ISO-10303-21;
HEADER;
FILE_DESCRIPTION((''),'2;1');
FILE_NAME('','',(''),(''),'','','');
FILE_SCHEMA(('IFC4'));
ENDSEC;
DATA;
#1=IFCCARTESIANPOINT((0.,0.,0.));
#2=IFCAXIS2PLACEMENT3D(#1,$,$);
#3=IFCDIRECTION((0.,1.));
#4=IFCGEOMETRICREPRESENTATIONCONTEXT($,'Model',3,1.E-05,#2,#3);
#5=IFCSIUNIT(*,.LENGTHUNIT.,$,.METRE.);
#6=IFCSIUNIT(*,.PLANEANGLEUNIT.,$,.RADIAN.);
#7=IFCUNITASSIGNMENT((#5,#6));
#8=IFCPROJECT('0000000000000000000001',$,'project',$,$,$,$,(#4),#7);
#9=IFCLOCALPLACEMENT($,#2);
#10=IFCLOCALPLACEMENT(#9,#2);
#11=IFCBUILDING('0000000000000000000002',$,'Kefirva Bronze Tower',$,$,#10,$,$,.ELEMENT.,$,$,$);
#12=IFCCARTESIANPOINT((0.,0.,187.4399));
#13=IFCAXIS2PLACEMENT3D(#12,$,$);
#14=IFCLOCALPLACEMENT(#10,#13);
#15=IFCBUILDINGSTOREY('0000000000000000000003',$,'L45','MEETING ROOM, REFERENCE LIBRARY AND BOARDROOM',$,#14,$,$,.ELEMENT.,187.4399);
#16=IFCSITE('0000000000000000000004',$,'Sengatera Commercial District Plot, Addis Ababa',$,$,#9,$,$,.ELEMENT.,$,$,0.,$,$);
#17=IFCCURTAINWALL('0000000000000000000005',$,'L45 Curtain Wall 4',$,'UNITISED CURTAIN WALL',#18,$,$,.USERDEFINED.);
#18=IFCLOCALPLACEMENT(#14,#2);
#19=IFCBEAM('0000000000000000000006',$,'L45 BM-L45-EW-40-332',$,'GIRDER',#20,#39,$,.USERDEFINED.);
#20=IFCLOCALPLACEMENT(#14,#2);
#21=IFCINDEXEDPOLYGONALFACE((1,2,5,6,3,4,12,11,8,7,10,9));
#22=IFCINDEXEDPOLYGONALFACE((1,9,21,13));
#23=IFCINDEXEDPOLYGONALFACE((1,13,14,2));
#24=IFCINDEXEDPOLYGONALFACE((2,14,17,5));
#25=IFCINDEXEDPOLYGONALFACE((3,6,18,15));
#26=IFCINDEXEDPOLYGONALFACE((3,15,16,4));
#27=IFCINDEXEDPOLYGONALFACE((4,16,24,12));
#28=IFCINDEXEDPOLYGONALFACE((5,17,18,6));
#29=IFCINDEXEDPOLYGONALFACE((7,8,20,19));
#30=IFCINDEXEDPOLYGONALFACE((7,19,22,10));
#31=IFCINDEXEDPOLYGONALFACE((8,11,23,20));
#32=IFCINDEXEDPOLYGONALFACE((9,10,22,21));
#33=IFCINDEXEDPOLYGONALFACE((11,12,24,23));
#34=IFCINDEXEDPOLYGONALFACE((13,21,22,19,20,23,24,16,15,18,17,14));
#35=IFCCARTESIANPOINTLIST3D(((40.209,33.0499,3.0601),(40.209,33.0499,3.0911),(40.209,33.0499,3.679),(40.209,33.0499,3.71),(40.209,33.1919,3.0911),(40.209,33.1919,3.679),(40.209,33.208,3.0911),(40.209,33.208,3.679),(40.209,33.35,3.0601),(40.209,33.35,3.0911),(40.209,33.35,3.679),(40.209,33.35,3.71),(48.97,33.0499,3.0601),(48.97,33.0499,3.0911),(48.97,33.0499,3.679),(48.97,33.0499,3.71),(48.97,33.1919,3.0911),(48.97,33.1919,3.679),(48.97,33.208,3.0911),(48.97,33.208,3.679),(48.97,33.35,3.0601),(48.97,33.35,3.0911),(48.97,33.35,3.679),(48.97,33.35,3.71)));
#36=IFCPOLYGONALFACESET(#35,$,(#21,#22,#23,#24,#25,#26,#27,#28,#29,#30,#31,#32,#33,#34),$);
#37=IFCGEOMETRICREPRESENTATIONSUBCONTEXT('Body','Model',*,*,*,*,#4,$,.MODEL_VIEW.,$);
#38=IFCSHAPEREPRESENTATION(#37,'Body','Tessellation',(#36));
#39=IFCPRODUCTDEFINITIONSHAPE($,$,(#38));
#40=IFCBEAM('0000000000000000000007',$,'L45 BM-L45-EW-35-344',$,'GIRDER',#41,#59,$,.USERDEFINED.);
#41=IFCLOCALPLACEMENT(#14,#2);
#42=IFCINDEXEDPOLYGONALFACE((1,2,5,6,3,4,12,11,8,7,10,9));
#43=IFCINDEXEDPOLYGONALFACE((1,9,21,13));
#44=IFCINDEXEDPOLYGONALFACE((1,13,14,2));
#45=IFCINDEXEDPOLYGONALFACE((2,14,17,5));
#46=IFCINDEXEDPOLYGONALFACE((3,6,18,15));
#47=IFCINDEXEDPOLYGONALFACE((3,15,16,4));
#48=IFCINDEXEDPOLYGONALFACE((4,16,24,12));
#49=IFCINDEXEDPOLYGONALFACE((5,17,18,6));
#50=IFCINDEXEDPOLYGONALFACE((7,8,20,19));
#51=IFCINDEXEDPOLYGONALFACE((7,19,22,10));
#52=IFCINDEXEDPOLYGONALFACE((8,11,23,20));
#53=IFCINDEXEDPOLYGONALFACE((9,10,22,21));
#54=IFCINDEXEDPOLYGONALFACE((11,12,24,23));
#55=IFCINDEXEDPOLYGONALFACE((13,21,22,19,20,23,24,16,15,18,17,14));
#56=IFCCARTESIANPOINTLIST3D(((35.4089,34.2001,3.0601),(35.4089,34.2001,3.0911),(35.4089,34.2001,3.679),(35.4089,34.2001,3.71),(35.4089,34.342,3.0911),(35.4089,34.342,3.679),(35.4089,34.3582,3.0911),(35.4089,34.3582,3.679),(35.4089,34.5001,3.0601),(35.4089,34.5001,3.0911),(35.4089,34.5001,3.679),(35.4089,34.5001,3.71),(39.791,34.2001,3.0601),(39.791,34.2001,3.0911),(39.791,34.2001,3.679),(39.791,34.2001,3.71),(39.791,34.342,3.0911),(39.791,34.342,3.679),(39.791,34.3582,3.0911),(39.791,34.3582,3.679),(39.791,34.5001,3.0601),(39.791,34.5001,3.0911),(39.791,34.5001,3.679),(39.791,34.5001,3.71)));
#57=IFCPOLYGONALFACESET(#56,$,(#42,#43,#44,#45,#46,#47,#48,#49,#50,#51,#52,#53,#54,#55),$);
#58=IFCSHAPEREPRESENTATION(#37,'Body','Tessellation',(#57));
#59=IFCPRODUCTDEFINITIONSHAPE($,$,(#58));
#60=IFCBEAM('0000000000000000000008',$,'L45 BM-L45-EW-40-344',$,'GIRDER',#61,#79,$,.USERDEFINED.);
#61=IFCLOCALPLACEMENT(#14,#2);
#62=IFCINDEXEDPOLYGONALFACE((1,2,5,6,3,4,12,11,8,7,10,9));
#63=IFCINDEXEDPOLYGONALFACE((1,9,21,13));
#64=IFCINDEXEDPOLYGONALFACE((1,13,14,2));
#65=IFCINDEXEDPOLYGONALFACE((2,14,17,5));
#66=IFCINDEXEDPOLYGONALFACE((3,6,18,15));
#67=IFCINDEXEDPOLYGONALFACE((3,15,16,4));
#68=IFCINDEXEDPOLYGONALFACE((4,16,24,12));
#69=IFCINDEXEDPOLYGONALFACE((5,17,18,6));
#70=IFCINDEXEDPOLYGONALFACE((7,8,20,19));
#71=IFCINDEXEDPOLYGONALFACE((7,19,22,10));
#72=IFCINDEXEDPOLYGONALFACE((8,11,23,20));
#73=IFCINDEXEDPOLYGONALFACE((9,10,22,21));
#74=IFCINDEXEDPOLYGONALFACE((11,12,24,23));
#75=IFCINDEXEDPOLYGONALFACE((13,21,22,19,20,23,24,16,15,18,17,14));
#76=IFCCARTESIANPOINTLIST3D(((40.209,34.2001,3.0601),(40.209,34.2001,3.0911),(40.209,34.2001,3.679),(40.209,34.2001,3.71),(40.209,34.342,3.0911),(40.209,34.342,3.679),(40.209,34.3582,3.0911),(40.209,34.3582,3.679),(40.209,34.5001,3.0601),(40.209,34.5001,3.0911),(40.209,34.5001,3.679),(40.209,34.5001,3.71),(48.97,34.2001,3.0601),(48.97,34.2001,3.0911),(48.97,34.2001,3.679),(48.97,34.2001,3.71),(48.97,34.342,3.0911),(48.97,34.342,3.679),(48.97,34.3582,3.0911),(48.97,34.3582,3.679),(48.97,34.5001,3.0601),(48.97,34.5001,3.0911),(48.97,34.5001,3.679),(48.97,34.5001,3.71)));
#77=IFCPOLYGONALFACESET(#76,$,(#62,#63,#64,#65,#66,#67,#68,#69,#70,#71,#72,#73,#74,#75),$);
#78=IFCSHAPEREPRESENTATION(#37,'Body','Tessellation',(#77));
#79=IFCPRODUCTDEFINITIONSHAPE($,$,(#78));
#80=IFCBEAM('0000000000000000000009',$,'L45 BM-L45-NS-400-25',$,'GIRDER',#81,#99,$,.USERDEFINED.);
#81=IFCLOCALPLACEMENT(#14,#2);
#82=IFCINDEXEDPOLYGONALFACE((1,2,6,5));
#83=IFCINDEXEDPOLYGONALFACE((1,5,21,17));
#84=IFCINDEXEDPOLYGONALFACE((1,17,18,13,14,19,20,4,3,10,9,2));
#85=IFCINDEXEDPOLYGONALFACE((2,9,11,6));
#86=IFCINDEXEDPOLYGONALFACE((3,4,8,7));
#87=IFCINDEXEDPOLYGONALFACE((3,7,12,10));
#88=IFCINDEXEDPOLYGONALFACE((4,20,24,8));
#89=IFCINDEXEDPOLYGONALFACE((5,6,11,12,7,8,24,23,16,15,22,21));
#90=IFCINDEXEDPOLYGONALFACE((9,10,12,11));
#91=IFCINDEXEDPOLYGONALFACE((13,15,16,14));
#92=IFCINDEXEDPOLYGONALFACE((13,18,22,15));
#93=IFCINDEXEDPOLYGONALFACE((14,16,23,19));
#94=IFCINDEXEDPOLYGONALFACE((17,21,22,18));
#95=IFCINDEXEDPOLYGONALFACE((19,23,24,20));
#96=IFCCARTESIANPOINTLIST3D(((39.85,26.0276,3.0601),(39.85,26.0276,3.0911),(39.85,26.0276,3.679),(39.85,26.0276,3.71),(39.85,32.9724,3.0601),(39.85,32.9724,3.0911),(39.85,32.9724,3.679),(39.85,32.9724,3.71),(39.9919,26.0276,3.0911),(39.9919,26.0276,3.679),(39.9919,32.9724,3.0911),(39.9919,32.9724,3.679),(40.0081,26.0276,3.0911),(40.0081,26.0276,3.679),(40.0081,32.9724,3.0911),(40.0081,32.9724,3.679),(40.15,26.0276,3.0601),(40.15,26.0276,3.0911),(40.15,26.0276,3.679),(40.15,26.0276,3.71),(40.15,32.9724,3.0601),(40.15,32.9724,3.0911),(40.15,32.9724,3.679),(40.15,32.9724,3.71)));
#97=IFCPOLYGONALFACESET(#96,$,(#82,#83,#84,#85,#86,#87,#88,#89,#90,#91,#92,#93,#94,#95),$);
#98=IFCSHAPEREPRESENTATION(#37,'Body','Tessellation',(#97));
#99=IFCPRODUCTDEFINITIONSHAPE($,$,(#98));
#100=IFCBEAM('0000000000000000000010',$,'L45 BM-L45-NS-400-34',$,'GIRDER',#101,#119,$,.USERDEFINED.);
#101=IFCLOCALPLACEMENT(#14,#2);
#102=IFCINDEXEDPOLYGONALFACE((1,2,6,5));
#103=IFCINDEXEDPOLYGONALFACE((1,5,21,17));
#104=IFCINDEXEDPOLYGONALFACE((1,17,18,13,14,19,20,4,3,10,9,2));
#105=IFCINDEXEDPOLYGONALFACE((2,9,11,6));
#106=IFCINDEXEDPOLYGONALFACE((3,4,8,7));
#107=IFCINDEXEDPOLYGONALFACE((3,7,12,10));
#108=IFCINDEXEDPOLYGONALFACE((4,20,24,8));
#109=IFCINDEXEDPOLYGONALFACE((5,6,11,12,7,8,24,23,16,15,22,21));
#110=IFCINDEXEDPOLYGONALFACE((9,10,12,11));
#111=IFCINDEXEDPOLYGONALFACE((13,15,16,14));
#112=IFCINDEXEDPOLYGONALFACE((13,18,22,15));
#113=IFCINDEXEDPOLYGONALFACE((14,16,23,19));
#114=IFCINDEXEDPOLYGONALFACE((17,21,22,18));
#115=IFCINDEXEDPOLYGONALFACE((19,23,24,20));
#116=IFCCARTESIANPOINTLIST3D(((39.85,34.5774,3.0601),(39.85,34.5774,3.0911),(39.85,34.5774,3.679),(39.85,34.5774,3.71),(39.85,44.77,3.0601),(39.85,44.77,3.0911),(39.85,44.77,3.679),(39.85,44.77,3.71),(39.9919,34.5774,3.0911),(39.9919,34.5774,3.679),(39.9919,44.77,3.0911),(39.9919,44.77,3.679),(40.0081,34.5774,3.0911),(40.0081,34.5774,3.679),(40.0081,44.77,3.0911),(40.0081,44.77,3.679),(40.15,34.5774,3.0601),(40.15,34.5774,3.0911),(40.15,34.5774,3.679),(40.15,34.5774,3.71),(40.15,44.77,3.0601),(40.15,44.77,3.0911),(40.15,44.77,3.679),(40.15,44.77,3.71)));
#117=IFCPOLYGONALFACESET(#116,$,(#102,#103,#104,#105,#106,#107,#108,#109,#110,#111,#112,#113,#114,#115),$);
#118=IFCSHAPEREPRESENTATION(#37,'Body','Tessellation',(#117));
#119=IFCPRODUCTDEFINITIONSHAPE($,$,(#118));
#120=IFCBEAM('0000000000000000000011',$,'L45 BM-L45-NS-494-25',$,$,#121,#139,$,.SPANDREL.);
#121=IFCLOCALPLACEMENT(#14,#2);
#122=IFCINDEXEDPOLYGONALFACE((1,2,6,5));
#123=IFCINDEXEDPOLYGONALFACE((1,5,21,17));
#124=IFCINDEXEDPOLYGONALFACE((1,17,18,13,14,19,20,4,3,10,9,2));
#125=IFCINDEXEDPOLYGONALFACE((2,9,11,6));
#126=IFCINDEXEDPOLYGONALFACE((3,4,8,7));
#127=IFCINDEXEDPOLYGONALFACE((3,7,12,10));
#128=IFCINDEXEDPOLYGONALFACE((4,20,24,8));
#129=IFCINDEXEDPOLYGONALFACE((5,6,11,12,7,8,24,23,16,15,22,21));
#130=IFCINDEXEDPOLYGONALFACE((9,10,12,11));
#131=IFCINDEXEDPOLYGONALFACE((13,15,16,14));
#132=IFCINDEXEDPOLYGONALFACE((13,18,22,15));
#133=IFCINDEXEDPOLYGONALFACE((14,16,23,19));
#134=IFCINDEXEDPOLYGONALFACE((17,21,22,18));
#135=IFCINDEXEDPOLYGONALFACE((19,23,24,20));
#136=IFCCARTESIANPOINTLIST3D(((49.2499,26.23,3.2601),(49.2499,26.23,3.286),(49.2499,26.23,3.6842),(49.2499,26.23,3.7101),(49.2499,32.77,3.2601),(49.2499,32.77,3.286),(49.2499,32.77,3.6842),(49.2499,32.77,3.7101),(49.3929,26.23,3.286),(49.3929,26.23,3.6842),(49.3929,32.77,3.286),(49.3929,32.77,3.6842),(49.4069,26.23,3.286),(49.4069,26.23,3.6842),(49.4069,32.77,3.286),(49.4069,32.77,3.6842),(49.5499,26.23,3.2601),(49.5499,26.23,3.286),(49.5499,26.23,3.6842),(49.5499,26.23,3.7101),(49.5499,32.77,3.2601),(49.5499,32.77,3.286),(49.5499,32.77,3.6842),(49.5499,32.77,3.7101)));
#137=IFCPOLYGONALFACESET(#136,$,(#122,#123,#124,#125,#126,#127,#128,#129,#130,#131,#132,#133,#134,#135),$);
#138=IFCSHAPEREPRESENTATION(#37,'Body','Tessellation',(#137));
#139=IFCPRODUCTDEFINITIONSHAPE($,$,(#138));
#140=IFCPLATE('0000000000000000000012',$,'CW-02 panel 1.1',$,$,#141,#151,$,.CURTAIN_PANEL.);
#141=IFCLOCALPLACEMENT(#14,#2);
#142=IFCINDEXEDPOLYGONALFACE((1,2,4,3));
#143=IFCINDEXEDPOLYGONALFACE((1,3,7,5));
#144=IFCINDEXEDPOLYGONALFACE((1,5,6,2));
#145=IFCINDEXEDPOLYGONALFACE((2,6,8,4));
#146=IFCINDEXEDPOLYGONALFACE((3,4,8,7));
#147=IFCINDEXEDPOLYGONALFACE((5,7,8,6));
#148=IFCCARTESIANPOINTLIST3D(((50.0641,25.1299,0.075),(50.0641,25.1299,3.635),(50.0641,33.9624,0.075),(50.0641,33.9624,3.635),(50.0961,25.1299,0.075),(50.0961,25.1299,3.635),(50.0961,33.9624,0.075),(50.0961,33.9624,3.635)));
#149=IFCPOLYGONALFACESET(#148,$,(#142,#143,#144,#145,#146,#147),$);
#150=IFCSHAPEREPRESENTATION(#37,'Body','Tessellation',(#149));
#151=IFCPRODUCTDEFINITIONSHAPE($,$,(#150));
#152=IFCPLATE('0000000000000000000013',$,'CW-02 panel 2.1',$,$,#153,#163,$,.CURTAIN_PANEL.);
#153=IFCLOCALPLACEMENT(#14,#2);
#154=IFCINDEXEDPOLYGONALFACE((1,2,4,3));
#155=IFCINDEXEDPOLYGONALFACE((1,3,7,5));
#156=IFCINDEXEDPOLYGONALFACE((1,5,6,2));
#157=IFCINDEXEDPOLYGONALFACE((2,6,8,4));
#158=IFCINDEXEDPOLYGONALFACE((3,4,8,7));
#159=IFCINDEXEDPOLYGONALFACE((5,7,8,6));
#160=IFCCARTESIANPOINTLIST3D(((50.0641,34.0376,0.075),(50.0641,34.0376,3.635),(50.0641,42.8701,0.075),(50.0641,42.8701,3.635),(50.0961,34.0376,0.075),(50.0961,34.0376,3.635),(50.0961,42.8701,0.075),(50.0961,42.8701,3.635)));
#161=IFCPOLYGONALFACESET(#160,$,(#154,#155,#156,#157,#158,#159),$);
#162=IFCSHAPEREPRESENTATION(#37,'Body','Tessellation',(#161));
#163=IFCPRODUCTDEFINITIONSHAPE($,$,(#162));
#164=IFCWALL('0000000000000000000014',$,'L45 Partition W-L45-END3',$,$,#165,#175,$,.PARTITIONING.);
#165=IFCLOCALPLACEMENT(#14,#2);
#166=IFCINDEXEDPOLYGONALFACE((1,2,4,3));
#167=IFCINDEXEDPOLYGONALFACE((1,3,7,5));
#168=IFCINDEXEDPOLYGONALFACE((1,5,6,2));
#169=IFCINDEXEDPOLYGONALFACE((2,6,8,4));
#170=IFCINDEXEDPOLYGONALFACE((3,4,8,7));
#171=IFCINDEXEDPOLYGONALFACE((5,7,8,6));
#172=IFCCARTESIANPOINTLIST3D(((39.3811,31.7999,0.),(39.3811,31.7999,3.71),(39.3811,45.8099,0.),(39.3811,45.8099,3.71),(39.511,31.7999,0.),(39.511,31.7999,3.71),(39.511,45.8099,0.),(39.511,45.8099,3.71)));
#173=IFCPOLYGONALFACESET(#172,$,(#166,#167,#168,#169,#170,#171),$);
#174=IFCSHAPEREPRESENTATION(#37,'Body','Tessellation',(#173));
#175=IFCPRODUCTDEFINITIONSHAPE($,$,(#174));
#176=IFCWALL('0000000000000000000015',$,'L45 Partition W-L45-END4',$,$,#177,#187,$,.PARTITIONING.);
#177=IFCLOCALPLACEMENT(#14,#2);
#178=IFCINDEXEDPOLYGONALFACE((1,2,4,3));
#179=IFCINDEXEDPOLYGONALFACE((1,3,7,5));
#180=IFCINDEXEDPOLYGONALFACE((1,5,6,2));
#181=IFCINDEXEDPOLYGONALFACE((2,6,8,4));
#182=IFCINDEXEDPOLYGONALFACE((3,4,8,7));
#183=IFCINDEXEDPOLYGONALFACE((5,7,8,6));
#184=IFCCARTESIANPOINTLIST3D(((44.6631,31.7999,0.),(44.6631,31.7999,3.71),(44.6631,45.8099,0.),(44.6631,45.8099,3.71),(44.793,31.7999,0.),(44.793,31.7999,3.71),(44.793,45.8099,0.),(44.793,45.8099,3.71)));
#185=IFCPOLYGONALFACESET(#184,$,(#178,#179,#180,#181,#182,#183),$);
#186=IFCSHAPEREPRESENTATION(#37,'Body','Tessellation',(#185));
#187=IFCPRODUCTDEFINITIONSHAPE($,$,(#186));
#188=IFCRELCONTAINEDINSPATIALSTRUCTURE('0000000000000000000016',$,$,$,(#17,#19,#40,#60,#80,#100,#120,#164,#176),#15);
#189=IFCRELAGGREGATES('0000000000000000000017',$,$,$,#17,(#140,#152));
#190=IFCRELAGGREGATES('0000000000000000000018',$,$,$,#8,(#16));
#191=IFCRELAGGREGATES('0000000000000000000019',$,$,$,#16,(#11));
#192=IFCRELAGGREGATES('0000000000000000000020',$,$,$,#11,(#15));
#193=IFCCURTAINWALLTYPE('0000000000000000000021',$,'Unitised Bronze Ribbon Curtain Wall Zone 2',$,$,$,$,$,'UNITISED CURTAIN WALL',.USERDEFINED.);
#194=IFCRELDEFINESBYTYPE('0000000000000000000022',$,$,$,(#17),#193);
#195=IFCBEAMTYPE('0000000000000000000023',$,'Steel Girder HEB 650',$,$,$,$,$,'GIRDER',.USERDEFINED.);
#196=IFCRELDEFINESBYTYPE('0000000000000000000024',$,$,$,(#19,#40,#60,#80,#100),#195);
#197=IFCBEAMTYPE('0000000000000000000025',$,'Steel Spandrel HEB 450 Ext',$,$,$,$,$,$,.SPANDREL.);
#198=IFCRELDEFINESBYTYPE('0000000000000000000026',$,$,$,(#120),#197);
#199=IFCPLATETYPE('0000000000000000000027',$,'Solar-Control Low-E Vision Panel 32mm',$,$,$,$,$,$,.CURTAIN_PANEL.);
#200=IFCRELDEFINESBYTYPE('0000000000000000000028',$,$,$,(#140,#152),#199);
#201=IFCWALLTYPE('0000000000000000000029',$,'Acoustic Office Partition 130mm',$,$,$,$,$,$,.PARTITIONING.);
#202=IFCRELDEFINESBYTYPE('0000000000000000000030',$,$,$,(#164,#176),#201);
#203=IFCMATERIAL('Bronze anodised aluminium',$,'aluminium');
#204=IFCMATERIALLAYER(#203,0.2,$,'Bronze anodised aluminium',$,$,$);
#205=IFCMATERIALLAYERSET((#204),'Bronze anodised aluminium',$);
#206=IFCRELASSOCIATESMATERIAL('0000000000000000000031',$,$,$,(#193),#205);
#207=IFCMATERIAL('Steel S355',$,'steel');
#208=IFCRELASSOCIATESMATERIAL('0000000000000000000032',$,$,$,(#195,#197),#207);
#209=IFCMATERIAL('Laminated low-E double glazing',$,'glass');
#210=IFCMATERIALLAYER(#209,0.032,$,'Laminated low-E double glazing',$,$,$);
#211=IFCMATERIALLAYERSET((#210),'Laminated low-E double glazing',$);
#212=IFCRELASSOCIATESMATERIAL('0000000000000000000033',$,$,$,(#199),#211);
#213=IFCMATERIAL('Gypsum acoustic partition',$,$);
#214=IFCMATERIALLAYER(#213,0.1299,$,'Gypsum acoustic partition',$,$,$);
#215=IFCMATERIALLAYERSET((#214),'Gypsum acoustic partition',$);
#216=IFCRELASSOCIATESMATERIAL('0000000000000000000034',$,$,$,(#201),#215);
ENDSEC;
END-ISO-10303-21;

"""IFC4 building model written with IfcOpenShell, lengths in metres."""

from ifc_helpers import new_model, si_unit, direction, frame, frame_2d, origin, origin_2d, place, context, subcontext, project, spatial, rectangle, i_section, extrude, material, layer, layer_set, material_profile, profile_set, type_object, element, aggregate, save


model = new_model("IFC4")

# Units and contexts
model_context = context("Model", 3, precision=1e-05, world=origin(), true_north=direction((0.0, 1.0)))
body_context = subcontext(model_context, "Body", "Model", "MODEL_VIEW")
ifc_project = project(units=[si_unit("LENGTHUNIT", "METRE"), si_unit("PLANEANGLEUNIT", "RADIAN")], contexts=[model_context])

# Site, building, storey
site_placement = place(None, origin())
site = spatial("IfcSite", under=ifc_project, at=site_placement, Name="Sengatera Commercial District Plot, Addis Ababa", CompositionType="ELEMENT", RefElevation=0.0)
building_placement = place(site_placement, origin())
building = spatial("IfcBuilding", under=site, at=building_placement, Name="Kefirva Bronze Tower", CompositionType="ELEMENT")
storey_placement = place(building_placement, frame((0.0, 0.0, 187.4399)))
storey = spatial("IfcBuildingStorey", under=building, at=storey_placement, Name="L45", Description="MEETING ROOM, REFERENCE LIBRARY AND BOARDROOM", CompositionType="ELEMENT", Elevation=187.4399)

# Curtain wall
ifc_material_1 = material(Name="Bronze anodised aluminium", Category="aluminium")
ifc_layer_1 = layer(ifc_material_1, 0.2, Name="Bronze anodised aluminium")
ifc_layer_set_1 = layer_set([ifc_layer_1], Name="Bronze anodised aluminium")
curtain_wall_type = type_object("IfcCurtainWallType", Name="Unitised Bronze Ribbon Curtain Wall Zone 2", ElementType="UNITISED CURTAIN WALL", PredefinedType="USERDEFINED", material=ifc_layer_set_1)
curtain_wall_placement = place(storey_placement, origin())
curtain_wall = element("IfcCurtainWall", 1, at=curtain_wall_placement, inside=storey, type_object=curtain_wall_type, Name="L45 Curtain Wall 4", ObjectType="UNITISED CURTAIN WALL", PredefinedType="USERDEFINED")

# Beams
ifc_material_2 = material(Name="Steel S355", Category="steel")
ifc_material_profile_1 = material_profile(ifc_material_2, i_section(OverallWidth=0.3, OverallDepth=0.6499, WebThickness=0.0161, FlangeThickness=0.031, at=origin_2d()), Name="HEB 650")
ifc_profile_set_1 = profile_set([ifc_material_profile_1], Name="Steel S355")
beam_type_1 = type_object("IfcBeamType", Name="Steel Girder HEB 650", ElementType="GIRDER", PredefinedType="USERDEFINED", material=ifc_profile_set_1)
beam_1_placement = place(storey_placement, frame((40.209, 33.2, 3.385), z_axis=(1.0, 0.0, 0.0), x_axis=(0.0, 1.0, 0.0)))
element("IfcBeam", 2, at=beam_1_placement, inside=storey, type_object=beam_type_1, Name="L45 BM-L45-EW-40-332", ObjectType="GIRDER", PredefinedType="USERDEFINED", context=body_context, shape_type="SweptSolid", body=[
    extrude(i_section(OverallWidth=0.3, OverallDepth=0.6499, WebThickness=0.0161, FlangeThickness=0.031, at=origin_2d()), origin(), (0.0, 0.0, 1.0), 8.761),
])
beam_2_placement = place(storey_placement, frame((35.4089, 34.3501, 3.385), z_axis=(1.0, 0.0, 0.0), x_axis=(0.0, 1.0, 0.0)))
element("IfcBeam", 3, at=beam_2_placement, inside=storey, type_object=beam_type_1, Name="L45 BM-L45-EW-35-344", ObjectType="GIRDER", PredefinedType="USERDEFINED", context=body_context, shape_type="SweptSolid", body=[
    extrude(i_section(OverallWidth=0.3, OverallDepth=0.6499, WebThickness=0.0161, FlangeThickness=0.031, at=origin_2d()), origin(), (0.0, 0.0, 1.0), 4.3821),
])
beam_3_placement = place(storey_placement, frame((40.209, 34.3501, 3.385), z_axis=(1.0, 0.0, 0.0), x_axis=(0.0, 1.0, 0.0)))
element("IfcBeam", 4, at=beam_3_placement, inside=storey, type_object=beam_type_1, Name="L45 BM-L45-EW-40-344", ObjectType="GIRDER", PredefinedType="USERDEFINED", context=body_context, shape_type="SweptSolid", body=[
    extrude(i_section(OverallWidth=0.3, OverallDepth=0.6499, WebThickness=0.0161, FlangeThickness=0.031, at=origin_2d()), origin(), (0.0, 0.0, 1.0), 8.761),
])
beam_4_placement = place(storey_placement, frame((40.0, 26.0276, 3.385), z_axis=(0.0, 1.0, 0.0), x_axis=(-1.0, 0.0, 0.0)))
element("IfcBeam", 5, at=beam_4_placement, inside=storey, type_object=beam_type_1, Name="L45 BM-L45-NS-400-25", ObjectType="GIRDER", PredefinedType="USERDEFINED", context=body_context, shape_type="SweptSolid", body=[
    extrude(i_section(OverallWidth=0.3, OverallDepth=0.6499, WebThickness=0.0161, FlangeThickness=0.031, at=origin_2d()), origin(), (0.0, 0.0, 1.0), 6.9448),
])
beam_5_placement = place(storey_placement, frame((40.0, 34.5774, 3.385), z_axis=(0.0, 1.0, 0.0), x_axis=(-1.0, 0.0, 0.0)))
element("IfcBeam", 6, at=beam_5_placement, inside=storey, type_object=beam_type_1, Name="L45 BM-L45-NS-400-34", ObjectType="GIRDER", PredefinedType="USERDEFINED", context=body_context, shape_type="SweptSolid", body=[
    extrude(i_section(OverallWidth=0.3, OverallDepth=0.6499, WebThickness=0.0161, FlangeThickness=0.031, at=origin_2d()), origin(), (0.0, 0.0, 1.0), 10.1926),
])
ifc_material_profile_2 = material_profile(ifc_material_2, i_section(OverallWidth=0.3, OverallDepth=0.45, WebThickness=0.0139, FlangeThickness=0.0259, at=origin_2d()), Name="HEB 450")
ifc_profile_set_2 = profile_set([ifc_material_profile_2], Name="Steel S355")
beam_type_2 = type_object("IfcBeamType", Name="Steel Spandrel HEB 450 Ext", PredefinedType="SPANDREL", material=ifc_profile_set_2)
beam_6_placement = place(storey_placement, frame((49.3999, 26.23, 3.4851), z_axis=(0.0, 1.0, 0.0), x_axis=(-1.0, 0.0, 0.0)))
element("IfcBeam", 7, at=beam_6_placement, inside=storey, type_object=beam_type_2, Name="L45 BM-L45-NS-494-25", PredefinedType="SPANDREL", context=body_context, shape_type="SweptSolid", body=[
    extrude(i_section(OverallWidth=0.3, OverallDepth=0.45, WebThickness=0.0139, FlangeThickness=0.0259, at=origin_2d()), origin(), (0.0, 0.0, 1.0), 6.54),
])

# Plates
ifc_material_3 = material(Name="Laminated low-E double glazing", Category="glass")
ifc_layer_2 = layer(ifc_material_3, 0.032, Name="Laminated low-E double glazing")
ifc_layer_set_2 = layer_set([ifc_layer_2], Name="Laminated low-E double glazing")
plate_type = type_object("IfcPlateType", Name="Solar-Control Low-E Vision Panel 32mm", PredefinedType="CURTAIN_PANEL", material=ifc_layer_set_2)
plate_1_placement = place(storey_placement, frame((50.0801, 29.5461, 0.075), z_axis=(0.0, 0.0, 1.0), x_axis=(0.0, 1.0, 0.0)))
plate_1 = element("IfcPlate", 8, at=plate_1_placement, type_object=plate_type, Name="CW-02 panel 1.1", PredefinedType="CURTAIN_PANEL", context=body_context, shape_type="SweptSolid", body=[
    extrude(rectangle(XDim=8.8325, YDim=0.032, at=origin_2d()), origin(), (0.0, 0.0, 1.0), 3.5601),
])
plate_2_placement = place(storey_placement, frame((50.0801, 38.4539, 0.075), z_axis=(0.0, 0.0, 1.0), x_axis=(0.0, 1.0, 0.0)))
plate_2 = element("IfcPlate", 9, at=plate_2_placement, type_object=plate_type, Name="CW-02 panel 2.1", PredefinedType="CURTAIN_PANEL", context=body_context, shape_type="SweptSolid", body=[
    extrude(rectangle(XDim=8.8325, YDim=0.032, at=origin_2d()), origin(), (0.0, 0.0, 1.0), 3.5601),
])
aggregate(curtain_wall, [plate_1, plate_2])

# Walls
ifc_material_4 = material(Name="Gypsum acoustic partition")
ifc_layer_3 = layer(ifc_material_4, 0.1299, Name="Gypsum acoustic partition")
ifc_layer_set_3 = layer_set([ifc_layer_3], Name="Gypsum acoustic partition")
wall_type = type_object("IfcWallType", Name="Acoustic Office Partition 130mm", PredefinedType="PARTITIONING", material=ifc_layer_set_3)
for number, where, z_axis, x_axis, name in (
    (10, (39.446, 31.8, 0.0), (0.0, 0.0, 1.0), (0.0, 1.0, 0.0), "L45 Partition W-L45-END3"),
    (11, (44.728, 31.8, 0.0), (0.0, 0.0, 1.0), (0.0, 1.0, 0.0), "L45 Partition W-L45-END4"),
):
    element("IfcWall", number, at=place(storey_placement, frame(where, z_axis=z_axis, x_axis=x_axis)), inside=storey, type_object=wall_type, Name=name, PredefinedType="PARTITIONING", context=body_context, shape_type="SweptSolid", body=[
        extrude(rectangle(XDim=14.01, YDim=0.1299, at=frame_2d((7.0049, 0.0))), origin(), (0.0, 0.0, 1.0), 3.71),
    ])

save(model, "model.ifc")
